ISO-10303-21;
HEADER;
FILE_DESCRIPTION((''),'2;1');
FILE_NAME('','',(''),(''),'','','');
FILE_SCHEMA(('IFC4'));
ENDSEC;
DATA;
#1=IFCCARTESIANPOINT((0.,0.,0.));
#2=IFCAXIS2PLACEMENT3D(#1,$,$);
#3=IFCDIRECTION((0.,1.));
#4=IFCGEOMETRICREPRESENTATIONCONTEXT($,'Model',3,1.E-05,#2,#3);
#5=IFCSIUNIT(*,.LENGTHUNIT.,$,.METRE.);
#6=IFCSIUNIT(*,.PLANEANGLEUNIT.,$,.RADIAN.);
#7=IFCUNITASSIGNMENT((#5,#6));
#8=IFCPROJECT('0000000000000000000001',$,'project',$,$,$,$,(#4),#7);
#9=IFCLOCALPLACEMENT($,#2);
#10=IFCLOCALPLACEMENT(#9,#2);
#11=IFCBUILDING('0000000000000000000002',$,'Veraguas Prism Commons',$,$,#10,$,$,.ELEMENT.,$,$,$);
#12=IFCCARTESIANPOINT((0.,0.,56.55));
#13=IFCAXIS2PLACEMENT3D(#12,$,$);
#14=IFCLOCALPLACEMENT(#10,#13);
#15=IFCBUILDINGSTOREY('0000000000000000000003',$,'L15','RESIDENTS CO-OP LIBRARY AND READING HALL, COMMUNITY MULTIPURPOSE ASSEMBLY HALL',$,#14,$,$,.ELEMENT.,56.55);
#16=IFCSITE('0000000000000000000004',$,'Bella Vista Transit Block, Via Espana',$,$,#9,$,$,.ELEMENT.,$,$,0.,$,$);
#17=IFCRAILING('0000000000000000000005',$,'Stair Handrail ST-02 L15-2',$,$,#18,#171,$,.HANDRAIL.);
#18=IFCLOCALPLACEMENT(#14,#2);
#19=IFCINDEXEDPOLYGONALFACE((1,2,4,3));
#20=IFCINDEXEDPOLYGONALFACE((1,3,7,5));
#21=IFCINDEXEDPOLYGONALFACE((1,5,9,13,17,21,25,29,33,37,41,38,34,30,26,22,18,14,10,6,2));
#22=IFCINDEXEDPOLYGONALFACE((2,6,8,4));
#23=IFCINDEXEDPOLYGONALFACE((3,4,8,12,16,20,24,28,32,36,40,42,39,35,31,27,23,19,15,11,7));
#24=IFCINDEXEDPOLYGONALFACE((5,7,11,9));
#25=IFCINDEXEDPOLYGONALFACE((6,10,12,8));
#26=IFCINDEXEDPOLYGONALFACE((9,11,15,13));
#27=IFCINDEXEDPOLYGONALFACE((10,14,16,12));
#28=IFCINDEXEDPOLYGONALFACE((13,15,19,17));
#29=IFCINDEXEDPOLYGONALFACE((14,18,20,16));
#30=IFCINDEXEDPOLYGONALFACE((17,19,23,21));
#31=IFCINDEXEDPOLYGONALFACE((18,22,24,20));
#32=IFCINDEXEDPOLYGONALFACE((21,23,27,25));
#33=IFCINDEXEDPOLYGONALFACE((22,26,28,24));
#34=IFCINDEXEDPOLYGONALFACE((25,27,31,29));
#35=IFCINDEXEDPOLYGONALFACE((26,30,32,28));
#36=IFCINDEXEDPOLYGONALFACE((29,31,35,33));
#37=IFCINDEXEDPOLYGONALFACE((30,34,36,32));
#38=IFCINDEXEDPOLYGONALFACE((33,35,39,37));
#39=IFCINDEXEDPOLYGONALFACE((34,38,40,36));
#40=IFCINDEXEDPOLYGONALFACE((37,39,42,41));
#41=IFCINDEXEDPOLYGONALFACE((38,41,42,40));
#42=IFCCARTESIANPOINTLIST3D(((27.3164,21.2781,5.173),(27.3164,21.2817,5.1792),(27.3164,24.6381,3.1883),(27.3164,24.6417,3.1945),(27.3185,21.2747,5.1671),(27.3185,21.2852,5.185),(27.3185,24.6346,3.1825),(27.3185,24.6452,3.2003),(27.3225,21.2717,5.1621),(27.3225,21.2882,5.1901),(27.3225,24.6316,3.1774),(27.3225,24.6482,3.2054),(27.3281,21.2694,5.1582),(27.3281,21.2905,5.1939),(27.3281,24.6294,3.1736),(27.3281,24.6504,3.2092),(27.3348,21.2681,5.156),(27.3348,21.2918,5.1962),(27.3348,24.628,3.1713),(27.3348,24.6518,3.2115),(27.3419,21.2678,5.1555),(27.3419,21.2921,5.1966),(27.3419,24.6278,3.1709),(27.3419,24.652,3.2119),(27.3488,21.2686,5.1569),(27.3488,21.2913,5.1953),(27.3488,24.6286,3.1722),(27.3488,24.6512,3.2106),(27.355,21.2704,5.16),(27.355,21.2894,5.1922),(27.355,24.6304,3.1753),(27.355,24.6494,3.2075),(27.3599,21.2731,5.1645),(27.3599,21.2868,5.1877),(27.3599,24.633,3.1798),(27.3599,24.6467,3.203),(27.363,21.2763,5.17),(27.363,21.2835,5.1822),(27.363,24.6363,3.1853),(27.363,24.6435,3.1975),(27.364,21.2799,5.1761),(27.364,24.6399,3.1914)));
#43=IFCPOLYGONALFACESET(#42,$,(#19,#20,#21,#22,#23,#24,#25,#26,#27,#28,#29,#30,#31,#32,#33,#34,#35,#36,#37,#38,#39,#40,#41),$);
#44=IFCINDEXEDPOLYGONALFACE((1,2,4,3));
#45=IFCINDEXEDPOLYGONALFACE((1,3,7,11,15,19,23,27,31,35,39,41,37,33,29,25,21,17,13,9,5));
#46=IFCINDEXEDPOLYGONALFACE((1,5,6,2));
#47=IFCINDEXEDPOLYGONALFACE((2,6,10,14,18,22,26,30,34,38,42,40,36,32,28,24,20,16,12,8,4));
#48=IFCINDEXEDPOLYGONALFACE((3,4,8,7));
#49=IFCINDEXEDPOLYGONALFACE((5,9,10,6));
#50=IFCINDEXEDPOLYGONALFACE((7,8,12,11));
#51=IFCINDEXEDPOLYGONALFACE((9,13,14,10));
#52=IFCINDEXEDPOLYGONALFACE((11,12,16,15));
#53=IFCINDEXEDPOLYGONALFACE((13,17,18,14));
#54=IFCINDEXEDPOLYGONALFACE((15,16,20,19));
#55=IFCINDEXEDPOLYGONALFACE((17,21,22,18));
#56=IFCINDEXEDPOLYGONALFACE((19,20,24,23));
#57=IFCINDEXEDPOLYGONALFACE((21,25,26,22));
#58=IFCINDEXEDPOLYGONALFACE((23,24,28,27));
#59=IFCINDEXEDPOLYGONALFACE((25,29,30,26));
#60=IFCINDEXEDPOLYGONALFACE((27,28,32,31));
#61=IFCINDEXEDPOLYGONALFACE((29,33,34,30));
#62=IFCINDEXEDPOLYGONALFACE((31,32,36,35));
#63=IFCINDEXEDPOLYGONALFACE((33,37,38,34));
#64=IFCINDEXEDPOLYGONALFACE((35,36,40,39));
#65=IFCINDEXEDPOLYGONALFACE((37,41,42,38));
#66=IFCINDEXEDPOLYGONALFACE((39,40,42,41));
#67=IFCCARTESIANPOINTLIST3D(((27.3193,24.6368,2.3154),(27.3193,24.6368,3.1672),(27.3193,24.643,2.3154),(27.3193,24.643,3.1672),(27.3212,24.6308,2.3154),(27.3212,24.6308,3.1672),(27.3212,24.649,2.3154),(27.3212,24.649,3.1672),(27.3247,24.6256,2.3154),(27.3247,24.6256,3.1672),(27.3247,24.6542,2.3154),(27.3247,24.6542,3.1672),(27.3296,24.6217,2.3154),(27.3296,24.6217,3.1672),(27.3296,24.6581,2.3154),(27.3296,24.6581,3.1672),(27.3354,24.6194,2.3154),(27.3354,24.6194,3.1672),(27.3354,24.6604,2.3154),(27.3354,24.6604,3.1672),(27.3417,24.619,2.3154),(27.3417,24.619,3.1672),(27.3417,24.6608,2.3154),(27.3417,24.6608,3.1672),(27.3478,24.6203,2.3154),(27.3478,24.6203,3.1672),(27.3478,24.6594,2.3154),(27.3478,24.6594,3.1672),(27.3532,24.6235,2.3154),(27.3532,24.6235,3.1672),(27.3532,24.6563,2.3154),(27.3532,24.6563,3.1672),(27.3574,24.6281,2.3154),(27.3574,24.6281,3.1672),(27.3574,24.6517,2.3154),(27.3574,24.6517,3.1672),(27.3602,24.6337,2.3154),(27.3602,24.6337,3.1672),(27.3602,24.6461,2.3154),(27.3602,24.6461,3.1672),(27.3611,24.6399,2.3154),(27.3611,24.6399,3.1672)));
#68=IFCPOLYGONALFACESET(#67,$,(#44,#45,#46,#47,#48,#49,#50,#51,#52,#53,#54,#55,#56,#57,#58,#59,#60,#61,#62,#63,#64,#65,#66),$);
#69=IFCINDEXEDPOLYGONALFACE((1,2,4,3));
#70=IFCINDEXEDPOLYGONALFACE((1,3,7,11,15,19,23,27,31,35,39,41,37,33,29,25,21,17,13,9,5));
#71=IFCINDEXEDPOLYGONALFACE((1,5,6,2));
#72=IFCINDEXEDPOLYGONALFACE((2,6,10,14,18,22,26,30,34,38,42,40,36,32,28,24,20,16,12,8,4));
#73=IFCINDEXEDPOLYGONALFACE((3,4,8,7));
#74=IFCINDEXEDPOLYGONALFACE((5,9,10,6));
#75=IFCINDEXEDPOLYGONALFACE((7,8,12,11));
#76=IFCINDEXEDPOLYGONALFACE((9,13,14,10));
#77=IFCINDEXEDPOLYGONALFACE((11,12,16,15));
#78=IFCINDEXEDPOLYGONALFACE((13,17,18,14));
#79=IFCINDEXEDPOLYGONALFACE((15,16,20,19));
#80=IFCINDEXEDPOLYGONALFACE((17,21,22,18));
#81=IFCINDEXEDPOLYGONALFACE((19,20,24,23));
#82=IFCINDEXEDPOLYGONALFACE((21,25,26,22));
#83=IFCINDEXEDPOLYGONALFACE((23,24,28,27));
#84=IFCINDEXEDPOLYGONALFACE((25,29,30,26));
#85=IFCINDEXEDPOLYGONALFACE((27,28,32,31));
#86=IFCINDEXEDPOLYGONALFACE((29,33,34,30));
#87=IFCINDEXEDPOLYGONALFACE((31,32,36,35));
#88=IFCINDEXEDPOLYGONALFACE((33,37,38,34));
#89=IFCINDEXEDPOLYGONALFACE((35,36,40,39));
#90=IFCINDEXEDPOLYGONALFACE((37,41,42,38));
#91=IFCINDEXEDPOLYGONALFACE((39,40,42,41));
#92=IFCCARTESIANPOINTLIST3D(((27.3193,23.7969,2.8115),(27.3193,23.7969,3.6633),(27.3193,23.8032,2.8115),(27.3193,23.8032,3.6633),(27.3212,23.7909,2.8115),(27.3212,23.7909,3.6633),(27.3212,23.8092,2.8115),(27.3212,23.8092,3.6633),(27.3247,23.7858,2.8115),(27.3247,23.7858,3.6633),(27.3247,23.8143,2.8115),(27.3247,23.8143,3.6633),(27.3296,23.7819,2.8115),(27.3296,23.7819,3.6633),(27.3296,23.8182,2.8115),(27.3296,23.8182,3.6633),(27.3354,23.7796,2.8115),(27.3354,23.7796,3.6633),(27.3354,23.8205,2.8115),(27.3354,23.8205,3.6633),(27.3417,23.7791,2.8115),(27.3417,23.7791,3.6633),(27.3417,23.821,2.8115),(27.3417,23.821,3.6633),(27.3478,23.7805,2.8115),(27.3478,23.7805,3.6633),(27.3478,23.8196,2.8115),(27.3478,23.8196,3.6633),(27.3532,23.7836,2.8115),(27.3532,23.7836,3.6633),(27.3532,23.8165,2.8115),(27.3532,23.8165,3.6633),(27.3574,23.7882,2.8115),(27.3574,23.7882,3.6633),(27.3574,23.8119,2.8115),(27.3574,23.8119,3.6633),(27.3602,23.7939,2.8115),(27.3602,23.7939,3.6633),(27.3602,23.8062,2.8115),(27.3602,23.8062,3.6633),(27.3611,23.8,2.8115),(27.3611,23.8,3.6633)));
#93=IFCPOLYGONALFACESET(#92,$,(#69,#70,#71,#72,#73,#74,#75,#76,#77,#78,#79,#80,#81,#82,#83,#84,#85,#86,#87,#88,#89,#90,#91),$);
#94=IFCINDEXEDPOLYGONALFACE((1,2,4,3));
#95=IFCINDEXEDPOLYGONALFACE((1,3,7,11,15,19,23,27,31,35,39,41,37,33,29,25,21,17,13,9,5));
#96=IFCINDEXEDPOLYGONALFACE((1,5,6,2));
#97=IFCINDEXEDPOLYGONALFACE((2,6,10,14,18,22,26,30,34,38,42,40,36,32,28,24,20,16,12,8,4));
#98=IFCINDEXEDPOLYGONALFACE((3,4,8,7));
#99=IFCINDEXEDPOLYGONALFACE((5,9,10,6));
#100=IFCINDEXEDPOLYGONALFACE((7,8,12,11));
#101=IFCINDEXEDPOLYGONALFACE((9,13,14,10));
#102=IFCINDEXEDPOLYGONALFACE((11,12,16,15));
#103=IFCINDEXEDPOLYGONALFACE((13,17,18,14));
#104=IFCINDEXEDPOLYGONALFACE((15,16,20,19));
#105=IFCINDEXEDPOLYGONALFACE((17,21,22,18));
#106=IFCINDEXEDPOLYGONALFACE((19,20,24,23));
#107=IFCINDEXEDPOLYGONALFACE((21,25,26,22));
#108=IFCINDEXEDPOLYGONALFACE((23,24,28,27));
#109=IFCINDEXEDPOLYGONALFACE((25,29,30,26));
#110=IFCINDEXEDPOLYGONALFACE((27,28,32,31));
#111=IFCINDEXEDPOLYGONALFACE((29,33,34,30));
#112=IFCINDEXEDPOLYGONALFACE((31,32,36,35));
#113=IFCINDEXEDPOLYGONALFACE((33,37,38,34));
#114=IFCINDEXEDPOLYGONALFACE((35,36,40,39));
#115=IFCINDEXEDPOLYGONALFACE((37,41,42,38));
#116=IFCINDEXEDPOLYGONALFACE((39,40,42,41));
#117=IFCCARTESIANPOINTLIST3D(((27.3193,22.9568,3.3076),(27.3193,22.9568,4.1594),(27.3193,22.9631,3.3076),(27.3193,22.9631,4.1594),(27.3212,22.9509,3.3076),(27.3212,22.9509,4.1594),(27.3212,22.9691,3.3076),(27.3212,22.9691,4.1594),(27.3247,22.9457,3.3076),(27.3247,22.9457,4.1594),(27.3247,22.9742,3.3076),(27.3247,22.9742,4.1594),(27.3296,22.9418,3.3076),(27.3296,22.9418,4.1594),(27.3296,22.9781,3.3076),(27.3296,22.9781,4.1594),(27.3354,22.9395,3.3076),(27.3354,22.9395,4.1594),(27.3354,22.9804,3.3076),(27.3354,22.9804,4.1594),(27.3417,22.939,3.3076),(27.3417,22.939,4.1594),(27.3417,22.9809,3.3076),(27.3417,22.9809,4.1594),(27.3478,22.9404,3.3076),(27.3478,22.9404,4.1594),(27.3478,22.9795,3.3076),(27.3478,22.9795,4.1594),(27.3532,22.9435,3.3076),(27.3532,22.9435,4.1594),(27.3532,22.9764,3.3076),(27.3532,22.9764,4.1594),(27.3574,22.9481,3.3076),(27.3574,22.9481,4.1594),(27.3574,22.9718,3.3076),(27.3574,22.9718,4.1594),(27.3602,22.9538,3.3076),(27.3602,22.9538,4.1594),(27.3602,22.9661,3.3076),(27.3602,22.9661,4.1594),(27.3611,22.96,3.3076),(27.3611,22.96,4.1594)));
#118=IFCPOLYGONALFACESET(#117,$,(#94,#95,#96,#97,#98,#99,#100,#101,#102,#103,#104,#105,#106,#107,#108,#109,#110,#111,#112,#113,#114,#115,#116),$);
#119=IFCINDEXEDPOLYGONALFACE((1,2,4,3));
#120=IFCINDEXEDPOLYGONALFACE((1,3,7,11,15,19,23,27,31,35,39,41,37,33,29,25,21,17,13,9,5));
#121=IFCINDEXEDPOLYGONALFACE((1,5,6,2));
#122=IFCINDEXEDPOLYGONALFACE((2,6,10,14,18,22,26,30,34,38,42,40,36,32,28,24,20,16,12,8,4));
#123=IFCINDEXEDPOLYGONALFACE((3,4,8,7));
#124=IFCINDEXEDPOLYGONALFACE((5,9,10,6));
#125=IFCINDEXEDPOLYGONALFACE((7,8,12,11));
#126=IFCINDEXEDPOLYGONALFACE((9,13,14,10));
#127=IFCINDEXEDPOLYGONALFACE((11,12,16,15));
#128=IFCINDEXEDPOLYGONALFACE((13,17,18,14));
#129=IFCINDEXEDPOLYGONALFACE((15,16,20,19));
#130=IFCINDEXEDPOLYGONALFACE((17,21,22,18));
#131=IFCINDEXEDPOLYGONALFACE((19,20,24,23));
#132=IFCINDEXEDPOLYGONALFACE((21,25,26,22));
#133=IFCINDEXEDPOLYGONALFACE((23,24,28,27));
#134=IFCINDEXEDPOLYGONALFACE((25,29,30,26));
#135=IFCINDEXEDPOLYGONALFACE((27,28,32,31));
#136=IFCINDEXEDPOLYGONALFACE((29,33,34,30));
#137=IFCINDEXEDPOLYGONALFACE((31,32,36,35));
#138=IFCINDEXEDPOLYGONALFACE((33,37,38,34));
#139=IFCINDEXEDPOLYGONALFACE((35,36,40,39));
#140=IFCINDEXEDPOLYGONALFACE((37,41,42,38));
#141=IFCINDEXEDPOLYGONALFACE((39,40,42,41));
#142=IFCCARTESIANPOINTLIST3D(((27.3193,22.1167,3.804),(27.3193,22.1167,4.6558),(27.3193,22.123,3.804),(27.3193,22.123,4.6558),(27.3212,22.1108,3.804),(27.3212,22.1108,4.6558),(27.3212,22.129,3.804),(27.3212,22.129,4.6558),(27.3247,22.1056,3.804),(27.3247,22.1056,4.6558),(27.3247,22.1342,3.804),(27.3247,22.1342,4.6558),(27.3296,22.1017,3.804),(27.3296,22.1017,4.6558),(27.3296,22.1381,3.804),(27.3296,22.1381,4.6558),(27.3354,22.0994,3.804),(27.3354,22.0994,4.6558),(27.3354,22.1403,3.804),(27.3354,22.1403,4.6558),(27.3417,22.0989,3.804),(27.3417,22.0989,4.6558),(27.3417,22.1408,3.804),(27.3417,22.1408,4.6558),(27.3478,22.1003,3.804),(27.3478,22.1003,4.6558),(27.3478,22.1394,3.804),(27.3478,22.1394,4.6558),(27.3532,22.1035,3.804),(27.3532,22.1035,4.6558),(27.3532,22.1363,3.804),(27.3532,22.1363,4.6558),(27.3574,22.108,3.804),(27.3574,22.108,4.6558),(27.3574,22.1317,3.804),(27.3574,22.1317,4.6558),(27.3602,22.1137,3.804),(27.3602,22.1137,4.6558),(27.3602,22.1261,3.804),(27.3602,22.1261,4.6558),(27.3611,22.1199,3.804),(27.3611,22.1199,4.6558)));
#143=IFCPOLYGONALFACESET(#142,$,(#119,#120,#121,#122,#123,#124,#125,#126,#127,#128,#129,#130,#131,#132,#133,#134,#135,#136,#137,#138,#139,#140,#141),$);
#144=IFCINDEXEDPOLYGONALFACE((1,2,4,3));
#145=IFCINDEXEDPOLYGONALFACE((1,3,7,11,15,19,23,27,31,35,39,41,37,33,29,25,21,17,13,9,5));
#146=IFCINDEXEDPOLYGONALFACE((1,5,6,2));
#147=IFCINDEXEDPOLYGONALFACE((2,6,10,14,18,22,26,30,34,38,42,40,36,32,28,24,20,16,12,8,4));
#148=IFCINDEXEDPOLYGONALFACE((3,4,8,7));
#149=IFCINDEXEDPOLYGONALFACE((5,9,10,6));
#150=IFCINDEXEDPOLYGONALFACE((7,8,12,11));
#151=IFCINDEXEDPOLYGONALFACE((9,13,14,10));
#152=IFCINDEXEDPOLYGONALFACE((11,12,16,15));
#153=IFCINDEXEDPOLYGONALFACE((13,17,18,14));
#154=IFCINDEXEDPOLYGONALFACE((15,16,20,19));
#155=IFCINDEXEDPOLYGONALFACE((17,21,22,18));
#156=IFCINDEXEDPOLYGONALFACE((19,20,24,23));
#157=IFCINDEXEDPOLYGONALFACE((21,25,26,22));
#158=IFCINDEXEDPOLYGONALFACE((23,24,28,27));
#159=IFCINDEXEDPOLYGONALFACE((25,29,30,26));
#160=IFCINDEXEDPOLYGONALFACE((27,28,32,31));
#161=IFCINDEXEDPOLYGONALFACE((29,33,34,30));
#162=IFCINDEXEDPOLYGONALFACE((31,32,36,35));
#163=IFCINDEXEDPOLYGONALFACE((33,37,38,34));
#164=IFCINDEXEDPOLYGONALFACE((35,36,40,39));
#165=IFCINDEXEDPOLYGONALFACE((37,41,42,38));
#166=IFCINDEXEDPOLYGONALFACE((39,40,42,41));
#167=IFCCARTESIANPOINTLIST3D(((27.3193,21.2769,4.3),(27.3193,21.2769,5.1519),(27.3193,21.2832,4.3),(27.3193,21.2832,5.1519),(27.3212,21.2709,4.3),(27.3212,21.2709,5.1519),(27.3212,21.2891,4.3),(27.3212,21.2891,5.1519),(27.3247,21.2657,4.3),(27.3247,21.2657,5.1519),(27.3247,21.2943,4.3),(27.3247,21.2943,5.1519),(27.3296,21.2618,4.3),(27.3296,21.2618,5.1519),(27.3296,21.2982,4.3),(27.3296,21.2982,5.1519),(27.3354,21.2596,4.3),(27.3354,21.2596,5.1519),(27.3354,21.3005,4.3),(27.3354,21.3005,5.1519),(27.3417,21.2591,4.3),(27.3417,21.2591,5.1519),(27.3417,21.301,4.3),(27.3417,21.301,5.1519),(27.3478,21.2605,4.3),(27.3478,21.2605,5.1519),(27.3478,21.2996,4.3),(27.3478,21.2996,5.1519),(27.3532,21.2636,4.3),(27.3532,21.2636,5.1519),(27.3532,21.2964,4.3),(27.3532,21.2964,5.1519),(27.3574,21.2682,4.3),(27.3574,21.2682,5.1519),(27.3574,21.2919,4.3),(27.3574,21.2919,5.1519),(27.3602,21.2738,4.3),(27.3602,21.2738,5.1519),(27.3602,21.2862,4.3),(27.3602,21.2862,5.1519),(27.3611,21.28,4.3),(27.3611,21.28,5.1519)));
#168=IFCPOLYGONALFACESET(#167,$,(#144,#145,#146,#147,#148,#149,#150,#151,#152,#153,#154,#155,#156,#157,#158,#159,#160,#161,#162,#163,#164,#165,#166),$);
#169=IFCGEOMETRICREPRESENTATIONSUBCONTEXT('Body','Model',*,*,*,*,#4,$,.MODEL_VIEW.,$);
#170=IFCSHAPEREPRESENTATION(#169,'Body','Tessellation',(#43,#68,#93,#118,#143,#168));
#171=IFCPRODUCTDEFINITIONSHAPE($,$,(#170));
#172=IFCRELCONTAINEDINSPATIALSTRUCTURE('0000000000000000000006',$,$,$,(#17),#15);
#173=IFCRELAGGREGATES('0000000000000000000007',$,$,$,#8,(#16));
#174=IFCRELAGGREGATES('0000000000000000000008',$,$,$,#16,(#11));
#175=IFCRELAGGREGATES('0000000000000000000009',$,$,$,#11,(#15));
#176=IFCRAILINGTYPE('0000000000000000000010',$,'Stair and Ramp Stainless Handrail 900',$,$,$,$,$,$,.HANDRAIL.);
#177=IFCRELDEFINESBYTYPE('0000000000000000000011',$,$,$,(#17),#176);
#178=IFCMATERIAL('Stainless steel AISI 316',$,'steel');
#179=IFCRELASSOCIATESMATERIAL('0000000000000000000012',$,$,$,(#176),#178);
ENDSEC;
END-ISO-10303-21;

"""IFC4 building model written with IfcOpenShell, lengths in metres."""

from ifc_helpers import new_model, si_unit, direction, frame, origin, origin_2d, place, context, subcontext, project, spatial, circle, extrude, material, type_object, element, save


model = new_model("IFC4")

# Units and contexts
model_context = context("Model", 3, precision=1e-05, world=origin(), true_north=direction((0.0, 1.0)))
body_context = subcontext(model_context, "Body", "Model", "MODEL_VIEW")
ifc_project = project(units=[si_unit("LENGTHUNIT", "METRE"), si_unit("PLANEANGLEUNIT", "RADIAN")], contexts=[model_context])

# Site, building, storey
site_placement = place(None, origin())
site = spatial("IfcSite", under=ifc_project, at=site_placement, Name="Bella Vista Transit Block, Via Espana", CompositionType="ELEMENT", RefElevation=0.0)
building_placement = place(site_placement, origin())
building = spatial("IfcBuilding", under=site, at=building_placement, Name="Veraguas Prism Commons", CompositionType="ELEMENT")
storey_placement = place(building_placement, frame((0.0, 0.0, 56.55)))
storey = spatial("IfcBuildingStorey", under=building, at=storey_placement, Name="L15", Description="RESIDENTS CO-OP LIBRARY AND READING HALL, COMMUNITY MULTIPURPOSE ASSEMBLY HALL", CompositionType="ELEMENT", Elevation=56.55)

# Railing
ifc_material_1 = material(Name="Stainless steel AISI 316", Category="steel")
railing_type_1 = type_object("IfcRailingType", Name="Stair and Ramp Stainless Handrail 900", PredefinedType="HANDRAIL", material=ifc_material_1)
railing_1_placement = place(storey_placement, frame((27.3401, 24.6399, 2.3154)))
element("IfcRailing", 1, at=railing_1_placement, inside=storey, type_object=railing_type_1, Name="Stair Handrail ST-02 L15-2", PredefinedType="HANDRAIL", context=body_context, shape_type="SweptSolid", body=[
    extrude(circle(Radius=0.0239, at=origin_2d()), frame((0.0, 0.0, 0.876), z_axis=(0.0, -0.861011, 0.508586), x_axis=(1.0, 0.0, 0.0)), (0.0, 0.0, 1.0), 3.9023),
    extrude(circle(Radius=0.021, at=origin_2d()), origin(), (0.0, 0.0, 1.0), 0.8518),
    extrude(circle(Radius=0.021, at=origin_2d()), frame((0.0, -0.8398, 0.4961)), (0.0, 0.0, 1.0), 0.8518),
    extrude(circle(Radius=0.021, at=origin_2d()), frame((0.0, -1.6799, 0.9922)), (0.0, 0.0, 1.0), 0.8518),
    extrude(circle(Radius=0.021, at=origin_2d()), frame((0.0, -2.52, 1.4885)), (0.0, 0.0, 1.0), 0.8518),
    extrude(circle(Radius=0.021, at=origin_2d()), frame((0.0, -3.3599, 1.9846)), (0.0, 0.0, 1.0), 0.8518),
])

save(model, "model.ifc")
